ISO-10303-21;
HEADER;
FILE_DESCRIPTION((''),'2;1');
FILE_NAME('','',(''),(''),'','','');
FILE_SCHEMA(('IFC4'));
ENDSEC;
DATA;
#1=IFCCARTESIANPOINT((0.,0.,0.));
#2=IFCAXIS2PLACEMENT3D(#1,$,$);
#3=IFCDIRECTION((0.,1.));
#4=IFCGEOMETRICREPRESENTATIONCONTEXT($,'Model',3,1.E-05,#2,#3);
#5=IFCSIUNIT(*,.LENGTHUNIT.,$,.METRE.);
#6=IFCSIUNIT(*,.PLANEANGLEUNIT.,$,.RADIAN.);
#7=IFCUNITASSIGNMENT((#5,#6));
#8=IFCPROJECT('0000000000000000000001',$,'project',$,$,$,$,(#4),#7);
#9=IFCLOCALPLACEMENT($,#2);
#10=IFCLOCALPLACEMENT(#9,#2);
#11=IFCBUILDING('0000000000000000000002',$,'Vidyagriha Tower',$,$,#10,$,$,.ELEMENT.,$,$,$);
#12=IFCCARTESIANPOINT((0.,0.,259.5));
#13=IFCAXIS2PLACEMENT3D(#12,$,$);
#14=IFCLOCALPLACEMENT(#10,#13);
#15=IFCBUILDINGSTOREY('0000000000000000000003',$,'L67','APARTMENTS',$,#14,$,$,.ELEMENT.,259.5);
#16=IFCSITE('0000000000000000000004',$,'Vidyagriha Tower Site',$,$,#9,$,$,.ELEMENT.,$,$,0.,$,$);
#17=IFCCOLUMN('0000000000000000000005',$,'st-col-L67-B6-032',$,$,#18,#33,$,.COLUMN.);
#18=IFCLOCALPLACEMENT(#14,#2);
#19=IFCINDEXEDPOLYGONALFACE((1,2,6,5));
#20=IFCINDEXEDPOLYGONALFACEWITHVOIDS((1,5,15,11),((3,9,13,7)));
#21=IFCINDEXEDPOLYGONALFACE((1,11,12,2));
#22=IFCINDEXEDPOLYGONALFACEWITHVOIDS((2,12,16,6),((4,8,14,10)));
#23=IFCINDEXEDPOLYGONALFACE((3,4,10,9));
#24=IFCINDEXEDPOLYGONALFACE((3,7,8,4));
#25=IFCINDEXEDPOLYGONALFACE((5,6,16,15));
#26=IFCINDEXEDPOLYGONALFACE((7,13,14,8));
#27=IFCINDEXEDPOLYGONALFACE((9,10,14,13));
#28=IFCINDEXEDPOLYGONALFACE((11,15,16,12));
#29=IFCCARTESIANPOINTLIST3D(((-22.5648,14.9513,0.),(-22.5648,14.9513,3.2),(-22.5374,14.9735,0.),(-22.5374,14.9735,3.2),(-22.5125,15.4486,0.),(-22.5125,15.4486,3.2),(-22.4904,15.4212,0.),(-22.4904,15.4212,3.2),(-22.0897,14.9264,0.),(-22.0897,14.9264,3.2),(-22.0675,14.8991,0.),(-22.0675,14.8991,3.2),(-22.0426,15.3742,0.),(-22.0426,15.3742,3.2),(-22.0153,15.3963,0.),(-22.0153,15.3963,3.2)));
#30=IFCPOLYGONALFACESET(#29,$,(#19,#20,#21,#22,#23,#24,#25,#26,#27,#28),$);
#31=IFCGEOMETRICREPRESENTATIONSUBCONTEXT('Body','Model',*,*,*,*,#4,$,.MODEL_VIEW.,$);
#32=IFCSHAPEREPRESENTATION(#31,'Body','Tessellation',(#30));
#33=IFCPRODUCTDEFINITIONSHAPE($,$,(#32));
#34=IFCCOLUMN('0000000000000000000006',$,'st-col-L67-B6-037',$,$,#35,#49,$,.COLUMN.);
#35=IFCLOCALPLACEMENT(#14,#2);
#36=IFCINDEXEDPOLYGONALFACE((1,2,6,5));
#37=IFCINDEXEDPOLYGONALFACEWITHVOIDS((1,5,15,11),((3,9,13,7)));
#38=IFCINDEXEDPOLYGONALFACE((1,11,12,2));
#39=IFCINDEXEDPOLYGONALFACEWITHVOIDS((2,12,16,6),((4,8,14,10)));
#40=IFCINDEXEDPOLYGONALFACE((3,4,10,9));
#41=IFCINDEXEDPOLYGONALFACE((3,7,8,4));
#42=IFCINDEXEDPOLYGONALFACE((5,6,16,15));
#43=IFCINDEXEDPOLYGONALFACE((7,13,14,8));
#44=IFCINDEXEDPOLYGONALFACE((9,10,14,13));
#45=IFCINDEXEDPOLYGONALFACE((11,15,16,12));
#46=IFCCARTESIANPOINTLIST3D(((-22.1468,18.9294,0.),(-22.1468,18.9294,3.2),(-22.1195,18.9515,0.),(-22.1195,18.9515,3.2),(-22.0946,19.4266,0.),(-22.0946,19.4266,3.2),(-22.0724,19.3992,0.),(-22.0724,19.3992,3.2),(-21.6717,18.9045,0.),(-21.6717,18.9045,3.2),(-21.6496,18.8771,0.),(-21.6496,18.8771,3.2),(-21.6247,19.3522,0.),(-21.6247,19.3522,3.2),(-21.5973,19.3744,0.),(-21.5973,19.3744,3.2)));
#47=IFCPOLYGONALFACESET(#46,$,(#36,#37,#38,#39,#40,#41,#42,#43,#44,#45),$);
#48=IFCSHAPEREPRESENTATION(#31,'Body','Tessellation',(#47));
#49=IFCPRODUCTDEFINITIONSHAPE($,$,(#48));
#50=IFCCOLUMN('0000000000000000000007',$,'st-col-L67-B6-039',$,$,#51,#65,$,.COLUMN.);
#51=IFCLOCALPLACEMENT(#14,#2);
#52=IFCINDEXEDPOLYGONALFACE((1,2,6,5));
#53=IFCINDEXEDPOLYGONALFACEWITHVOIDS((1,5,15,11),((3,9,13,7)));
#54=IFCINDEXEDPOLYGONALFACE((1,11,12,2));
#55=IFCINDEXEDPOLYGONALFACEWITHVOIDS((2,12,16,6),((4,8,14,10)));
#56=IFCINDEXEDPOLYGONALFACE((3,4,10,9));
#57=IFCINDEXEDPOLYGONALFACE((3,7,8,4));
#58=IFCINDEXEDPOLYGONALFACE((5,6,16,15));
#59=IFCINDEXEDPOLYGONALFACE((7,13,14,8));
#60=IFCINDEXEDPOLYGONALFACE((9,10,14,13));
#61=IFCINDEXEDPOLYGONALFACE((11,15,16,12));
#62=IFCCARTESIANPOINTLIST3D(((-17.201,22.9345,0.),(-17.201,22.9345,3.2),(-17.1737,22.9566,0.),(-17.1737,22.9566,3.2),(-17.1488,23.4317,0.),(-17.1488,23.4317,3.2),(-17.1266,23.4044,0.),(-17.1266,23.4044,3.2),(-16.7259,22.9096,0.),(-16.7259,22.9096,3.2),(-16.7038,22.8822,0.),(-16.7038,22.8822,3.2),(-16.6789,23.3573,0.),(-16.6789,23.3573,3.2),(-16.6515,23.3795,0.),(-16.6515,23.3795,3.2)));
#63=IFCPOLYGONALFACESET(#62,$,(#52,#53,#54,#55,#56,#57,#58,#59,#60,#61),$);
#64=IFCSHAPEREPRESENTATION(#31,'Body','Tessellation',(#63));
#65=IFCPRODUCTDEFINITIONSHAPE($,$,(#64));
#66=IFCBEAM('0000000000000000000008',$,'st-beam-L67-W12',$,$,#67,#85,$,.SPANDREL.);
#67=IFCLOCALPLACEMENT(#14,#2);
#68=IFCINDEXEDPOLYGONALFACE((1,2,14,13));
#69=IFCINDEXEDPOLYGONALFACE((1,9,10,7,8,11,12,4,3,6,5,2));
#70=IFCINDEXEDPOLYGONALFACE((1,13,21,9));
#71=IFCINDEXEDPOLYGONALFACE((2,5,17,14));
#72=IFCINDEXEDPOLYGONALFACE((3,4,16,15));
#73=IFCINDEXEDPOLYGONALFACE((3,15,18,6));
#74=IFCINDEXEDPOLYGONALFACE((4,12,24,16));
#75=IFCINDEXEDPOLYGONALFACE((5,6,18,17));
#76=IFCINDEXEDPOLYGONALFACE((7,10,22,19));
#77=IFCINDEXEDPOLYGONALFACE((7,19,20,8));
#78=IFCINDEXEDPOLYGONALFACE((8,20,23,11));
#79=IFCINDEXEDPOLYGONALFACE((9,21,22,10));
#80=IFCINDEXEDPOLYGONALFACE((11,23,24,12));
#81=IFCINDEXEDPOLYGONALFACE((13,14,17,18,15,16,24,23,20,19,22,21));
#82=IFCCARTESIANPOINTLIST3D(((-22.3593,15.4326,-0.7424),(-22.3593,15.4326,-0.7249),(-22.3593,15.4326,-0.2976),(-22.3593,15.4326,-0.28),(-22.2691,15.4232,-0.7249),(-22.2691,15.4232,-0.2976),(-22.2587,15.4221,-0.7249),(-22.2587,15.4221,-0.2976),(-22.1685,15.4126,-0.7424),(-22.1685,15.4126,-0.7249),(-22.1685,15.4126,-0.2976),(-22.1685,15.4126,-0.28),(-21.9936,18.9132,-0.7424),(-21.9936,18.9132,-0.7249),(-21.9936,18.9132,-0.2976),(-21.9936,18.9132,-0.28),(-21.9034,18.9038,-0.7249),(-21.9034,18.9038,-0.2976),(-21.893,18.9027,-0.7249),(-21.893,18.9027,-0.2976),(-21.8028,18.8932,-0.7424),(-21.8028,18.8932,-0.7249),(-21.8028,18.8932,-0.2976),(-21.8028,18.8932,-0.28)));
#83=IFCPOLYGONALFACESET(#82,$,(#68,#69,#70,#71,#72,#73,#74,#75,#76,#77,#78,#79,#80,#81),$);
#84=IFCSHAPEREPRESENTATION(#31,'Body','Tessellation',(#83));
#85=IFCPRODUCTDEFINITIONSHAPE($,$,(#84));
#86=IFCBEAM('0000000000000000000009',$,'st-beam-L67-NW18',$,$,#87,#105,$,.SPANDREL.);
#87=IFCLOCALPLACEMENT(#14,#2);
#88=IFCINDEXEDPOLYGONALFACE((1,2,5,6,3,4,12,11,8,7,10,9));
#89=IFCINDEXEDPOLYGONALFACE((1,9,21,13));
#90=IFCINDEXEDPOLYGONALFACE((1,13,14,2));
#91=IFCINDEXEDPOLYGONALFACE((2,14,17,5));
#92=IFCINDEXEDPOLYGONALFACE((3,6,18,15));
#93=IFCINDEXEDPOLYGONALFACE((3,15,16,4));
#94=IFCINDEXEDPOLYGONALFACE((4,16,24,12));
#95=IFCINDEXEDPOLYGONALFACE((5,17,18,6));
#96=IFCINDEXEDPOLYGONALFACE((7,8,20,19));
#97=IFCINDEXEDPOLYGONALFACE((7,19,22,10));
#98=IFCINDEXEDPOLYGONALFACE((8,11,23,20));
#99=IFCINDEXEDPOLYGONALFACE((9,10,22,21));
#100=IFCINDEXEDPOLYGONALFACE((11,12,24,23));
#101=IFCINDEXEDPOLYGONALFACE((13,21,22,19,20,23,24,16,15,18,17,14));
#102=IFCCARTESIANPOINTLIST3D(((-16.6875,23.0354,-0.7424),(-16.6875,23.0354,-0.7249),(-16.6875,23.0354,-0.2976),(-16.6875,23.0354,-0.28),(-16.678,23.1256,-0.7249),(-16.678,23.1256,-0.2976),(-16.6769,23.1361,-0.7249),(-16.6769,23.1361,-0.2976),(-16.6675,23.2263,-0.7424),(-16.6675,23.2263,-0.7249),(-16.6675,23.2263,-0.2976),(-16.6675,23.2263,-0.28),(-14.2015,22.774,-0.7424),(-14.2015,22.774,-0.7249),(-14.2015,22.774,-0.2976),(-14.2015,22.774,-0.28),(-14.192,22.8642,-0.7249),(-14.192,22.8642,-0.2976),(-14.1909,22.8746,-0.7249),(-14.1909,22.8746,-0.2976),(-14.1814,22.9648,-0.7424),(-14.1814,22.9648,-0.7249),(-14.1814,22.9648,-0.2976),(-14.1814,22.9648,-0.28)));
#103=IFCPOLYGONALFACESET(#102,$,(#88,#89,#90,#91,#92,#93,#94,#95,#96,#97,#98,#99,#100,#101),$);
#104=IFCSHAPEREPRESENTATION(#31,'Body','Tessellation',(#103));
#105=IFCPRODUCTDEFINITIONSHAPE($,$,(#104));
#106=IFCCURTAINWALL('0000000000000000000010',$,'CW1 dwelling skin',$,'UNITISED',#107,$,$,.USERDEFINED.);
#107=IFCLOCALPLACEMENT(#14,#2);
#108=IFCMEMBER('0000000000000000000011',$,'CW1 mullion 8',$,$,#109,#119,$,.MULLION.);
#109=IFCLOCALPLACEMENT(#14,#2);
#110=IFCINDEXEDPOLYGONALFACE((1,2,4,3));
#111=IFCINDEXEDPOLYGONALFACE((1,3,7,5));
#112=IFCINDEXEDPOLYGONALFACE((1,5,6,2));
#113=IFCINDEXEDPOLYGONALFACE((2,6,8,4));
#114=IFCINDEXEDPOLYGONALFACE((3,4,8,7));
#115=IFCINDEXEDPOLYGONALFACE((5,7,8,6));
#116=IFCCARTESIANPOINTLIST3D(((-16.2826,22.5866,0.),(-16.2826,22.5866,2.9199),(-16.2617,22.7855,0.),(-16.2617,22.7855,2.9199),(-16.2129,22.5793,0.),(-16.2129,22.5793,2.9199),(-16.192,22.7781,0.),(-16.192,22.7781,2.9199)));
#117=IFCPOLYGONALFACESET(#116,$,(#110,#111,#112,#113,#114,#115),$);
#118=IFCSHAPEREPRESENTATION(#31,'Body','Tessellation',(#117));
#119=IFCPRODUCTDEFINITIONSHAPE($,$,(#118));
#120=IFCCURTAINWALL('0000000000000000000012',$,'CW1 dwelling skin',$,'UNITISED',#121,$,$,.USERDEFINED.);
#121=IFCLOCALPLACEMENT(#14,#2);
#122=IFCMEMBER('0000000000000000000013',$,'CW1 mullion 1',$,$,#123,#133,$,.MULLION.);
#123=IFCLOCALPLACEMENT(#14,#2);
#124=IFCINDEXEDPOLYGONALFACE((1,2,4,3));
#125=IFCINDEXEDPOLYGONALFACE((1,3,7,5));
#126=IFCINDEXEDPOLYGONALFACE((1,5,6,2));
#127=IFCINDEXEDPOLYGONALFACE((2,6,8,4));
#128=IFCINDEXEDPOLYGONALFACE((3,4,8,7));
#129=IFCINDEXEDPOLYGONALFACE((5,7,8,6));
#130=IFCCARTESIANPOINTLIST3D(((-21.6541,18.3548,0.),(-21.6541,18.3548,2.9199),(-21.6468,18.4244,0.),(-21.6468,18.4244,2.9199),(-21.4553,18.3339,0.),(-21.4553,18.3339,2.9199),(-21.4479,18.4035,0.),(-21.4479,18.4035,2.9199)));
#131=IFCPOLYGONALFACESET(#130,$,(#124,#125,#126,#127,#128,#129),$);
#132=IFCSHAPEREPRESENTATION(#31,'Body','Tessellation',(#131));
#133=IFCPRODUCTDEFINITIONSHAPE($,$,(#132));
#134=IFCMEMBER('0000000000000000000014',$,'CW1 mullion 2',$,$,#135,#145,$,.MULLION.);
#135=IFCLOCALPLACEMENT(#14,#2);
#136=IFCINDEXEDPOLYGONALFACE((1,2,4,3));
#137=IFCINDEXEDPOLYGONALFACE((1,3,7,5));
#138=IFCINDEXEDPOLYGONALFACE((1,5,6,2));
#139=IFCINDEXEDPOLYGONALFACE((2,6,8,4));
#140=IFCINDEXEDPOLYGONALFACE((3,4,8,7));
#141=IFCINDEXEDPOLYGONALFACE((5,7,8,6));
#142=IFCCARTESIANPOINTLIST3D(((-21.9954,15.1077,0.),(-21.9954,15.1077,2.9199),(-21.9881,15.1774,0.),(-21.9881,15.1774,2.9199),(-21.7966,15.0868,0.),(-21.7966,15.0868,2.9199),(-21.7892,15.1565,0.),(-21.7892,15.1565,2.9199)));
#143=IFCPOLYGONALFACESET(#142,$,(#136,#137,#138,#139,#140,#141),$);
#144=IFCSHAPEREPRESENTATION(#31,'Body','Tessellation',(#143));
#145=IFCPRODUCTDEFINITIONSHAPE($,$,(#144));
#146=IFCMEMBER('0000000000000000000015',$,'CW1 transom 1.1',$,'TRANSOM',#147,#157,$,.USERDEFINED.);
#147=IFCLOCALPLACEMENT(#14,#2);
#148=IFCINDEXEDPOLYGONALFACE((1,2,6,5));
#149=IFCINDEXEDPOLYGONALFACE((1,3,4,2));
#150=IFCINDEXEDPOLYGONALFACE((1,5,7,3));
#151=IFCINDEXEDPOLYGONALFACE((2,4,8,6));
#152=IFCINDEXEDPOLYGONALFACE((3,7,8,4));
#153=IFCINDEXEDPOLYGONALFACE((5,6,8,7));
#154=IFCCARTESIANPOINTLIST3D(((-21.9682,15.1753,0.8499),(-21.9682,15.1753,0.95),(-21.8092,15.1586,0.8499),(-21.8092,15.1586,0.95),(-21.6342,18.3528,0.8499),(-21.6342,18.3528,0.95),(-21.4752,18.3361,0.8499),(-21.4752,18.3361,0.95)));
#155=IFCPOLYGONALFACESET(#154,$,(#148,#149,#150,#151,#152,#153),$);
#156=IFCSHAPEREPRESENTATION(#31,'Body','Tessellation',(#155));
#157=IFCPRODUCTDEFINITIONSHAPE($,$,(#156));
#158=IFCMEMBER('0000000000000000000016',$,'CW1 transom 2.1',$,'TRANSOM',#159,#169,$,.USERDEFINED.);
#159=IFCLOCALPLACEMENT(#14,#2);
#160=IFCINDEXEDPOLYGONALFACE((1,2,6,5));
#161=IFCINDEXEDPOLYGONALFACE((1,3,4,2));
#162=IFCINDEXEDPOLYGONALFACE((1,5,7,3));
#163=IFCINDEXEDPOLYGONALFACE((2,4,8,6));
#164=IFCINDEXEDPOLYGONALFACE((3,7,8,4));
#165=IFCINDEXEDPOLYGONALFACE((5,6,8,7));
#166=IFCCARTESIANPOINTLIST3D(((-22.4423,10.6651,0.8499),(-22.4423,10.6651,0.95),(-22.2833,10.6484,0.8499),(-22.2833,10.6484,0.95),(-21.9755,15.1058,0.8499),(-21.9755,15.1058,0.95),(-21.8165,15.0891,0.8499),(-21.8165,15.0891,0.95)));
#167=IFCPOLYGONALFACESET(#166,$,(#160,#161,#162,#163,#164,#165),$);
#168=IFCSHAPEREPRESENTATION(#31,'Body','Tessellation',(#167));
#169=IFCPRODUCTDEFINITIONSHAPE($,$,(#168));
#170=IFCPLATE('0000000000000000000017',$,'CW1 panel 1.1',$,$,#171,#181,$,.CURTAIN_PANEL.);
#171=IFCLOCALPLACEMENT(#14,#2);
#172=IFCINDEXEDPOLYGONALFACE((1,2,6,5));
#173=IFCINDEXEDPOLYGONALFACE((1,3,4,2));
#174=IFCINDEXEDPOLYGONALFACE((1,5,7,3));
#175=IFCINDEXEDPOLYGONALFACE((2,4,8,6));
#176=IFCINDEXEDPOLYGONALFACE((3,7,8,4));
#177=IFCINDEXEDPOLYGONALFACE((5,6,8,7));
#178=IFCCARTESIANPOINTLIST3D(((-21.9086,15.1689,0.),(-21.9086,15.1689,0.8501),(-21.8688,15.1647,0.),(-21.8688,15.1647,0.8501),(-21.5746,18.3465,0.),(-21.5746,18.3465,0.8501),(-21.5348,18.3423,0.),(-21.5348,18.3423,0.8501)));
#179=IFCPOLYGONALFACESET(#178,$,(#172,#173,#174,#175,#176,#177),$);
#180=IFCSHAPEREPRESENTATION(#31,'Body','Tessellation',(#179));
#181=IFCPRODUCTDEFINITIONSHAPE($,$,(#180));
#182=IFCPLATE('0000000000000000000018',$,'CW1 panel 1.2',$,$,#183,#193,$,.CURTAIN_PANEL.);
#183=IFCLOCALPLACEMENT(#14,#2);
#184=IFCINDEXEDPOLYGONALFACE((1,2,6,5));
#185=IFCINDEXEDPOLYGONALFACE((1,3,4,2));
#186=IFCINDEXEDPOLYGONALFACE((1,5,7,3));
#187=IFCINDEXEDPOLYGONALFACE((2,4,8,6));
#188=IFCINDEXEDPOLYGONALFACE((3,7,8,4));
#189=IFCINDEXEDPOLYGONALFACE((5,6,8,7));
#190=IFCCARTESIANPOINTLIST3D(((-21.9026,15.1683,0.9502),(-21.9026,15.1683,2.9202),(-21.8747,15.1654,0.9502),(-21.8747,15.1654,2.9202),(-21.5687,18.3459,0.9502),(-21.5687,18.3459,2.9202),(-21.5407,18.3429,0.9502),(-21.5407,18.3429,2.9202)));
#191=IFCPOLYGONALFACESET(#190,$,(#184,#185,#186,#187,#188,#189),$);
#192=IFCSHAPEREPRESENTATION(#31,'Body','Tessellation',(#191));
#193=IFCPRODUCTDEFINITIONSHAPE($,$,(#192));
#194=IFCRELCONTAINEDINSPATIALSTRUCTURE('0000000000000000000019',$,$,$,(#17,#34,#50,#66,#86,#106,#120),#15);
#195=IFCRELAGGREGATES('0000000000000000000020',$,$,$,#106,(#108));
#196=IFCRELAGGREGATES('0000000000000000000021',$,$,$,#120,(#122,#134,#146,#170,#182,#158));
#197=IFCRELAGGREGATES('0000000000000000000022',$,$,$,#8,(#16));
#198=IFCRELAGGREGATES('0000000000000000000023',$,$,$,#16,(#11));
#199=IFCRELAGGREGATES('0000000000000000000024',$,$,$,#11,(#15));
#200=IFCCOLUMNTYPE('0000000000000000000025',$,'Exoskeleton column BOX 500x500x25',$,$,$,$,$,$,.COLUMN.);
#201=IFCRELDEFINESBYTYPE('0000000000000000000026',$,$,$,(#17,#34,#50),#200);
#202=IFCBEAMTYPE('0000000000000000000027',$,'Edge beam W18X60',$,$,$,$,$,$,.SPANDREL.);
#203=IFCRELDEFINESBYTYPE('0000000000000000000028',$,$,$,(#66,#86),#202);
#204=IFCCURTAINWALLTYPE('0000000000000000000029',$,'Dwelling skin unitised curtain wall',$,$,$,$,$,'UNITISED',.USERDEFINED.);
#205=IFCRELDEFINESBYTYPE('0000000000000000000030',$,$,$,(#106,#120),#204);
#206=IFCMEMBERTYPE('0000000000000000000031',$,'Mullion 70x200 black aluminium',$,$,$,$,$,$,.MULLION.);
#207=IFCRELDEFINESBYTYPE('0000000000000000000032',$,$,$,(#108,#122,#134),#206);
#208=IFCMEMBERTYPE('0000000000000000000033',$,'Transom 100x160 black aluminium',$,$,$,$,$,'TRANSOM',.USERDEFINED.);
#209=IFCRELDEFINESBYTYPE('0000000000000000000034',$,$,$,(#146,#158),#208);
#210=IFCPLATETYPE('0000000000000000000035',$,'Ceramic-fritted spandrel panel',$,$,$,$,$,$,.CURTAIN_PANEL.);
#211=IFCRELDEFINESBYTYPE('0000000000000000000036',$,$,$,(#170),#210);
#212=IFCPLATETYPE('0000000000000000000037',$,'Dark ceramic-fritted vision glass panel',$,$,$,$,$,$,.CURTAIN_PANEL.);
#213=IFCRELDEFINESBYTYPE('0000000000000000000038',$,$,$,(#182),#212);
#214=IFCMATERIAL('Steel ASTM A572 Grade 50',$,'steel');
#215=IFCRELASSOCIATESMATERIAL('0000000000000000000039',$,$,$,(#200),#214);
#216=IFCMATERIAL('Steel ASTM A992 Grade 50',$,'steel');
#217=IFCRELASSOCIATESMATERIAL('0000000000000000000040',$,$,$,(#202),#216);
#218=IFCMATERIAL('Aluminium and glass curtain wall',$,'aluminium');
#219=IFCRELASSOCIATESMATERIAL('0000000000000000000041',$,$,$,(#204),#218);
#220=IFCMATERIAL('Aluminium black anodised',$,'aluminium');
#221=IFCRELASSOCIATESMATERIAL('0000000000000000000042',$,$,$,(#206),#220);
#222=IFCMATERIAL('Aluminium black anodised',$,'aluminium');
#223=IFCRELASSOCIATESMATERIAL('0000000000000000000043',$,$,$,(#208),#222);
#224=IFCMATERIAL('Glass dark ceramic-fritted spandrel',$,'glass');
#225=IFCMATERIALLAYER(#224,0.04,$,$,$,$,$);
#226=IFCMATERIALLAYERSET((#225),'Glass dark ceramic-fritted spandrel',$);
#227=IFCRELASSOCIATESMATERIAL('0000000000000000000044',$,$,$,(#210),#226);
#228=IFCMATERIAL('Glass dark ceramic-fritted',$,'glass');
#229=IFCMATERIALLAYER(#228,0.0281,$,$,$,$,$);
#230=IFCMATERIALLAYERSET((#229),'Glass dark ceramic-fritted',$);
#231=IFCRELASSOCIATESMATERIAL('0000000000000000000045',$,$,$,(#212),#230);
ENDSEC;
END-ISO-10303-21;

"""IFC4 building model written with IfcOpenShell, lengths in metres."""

from ifc_helpers import new_model, si_unit, direction, frame, origin, origin_2d, place, context, subcontext, project, spatial, rectangle, hollow_rectangle, i_section, extrude, material, layer, layer_set, material_profile, profile_set, type_object, element, aggregate, save


model = new_model("IFC4")

# Units and contexts
model_context = context("Model", 3, precision=1e-05, world=origin(), true_north=direction((0.0, 1.0)))
body_context = subcontext(model_context, "Body", "Model", "MODEL_VIEW")
ifc_project = project(units=[si_unit("LENGTHUNIT", "METRE"), si_unit("PLANEANGLEUNIT", "RADIAN")], contexts=[model_context])

# Site, building, storey
site_placement = place(None, origin())
site = spatial("IfcSite", under=ifc_project, at=site_placement, Name="Vidyagriha Tower Site", CompositionType="ELEMENT", RefElevation=0.0)
building_placement = place(site_placement, origin())
building = spatial("IfcBuilding", under=site, at=building_placement, Name="Vidyagriha Tower", CompositionType="ELEMENT")
storey_placement = place(building_placement, frame((0.0, 0.0, 259.5)))
storey = spatial("IfcBuildingStorey", under=building, at=storey_placement, Name="L67", Description="APARTMENTS", CompositionType="ELEMENT", Elevation=259.5)

# Columns
ifc_material_1 = material(Name="Steel ASTM A572 Grade 50", Category="steel")
ifc_material_profile_1 = material_profile(ifc_material_1, hollow_rectangle(XDim=0.5, YDim=0.5, WallThickness=0.0249, at=origin_2d()), Name="BOX 500x500x25")
ifc_profile_set_1 = profile_set([ifc_material_profile_1], Name="Steel ASTM A572 Grade 50")
column_type = type_object("IfcColumnType", Name="Exoskeleton column BOX 500x500x25", PredefinedType="COLUMN", material=ifc_profile_set_1)
for number, where, z_axis, x_axis, name in (
    (1, (-22.29, 15.1738, 0.0), (0.0, 0.0, 1.0), (0.994522, -0.104528, 0.0), "st-col-L67-B6-032"),
    (2, (-21.8721, 19.1519, 0.0), (0.0, 0.0, 1.0), (0.994522, -0.104528, 0.0), "st-col-L67-B6-037"),
    (3, (-16.9263, 23.157, 0.0), (0.0, 0.0, 1.0), (0.994522, -0.104528, 0.0), "st-col-L67-B6-039"),
):
    element("IfcColumn", number, at=place(storey_placement, frame(where, z_axis=z_axis, x_axis=x_axis)), inside=storey, type_object=column_type, Name=name, PredefinedType="COLUMN", context=body_context, shape_type="SweptSolid", body=[
        extrude(hollow_rectangle(XDim=0.5, YDim=0.5, WallThickness=0.0249, at=origin_2d()), origin(), (0.0, 0.0, 1.0), 3.2),
    ])

# Beams
ifc_material_2 = material(Name="Steel ASTM A992 Grade 50", Category="steel")
ifc_material_profile_2 = material_profile(ifc_material_2, i_section(OverallWidth=0.1919, OverallDepth=0.4624, WebThickness=0.0105, FlangeThickness=0.0176, at=origin_2d()), Name="W18X60")
ifc_profile_set_2 = profile_set([ifc_material_profile_2], Name="Steel ASTM A992 Grade 50")
beam_type = type_object("IfcBeamType", Name="Edge beam W18X60", PredefinedType="SPANDREL", material=ifc_profile_set_2)
beam_1_placement = place(storey_placement, frame((-22.2639, 15.4226, -0.5112), z_axis=(0.104496, 0.994525, 0.0), x_axis=(-0.994525, 0.104496, 0.0)))
element("IfcBeam", 4, at=beam_1_placement, inside=storey, type_object=beam_type, Name="st-beam-L67-W12", PredefinedType="SPANDREL", context=body_context, shape_type="SweptSolid", body=[
    extrude(i_section(OverallWidth=0.1919, OverallDepth=0.4624, WebThickness=0.0105, FlangeThickness=0.0176, at=origin_2d()), origin(), (0.0, 0.0, 1.0), 3.4998),
])
beam_2_placement = place(storey_placement, frame((-16.6775, 23.1309, -0.5112), z_axis=(0.994515, -0.104598, 0.0), x_axis=(0.104598, 0.994515, 0.0)))
element("IfcBeam", 5, at=beam_2_placement, inside=storey, type_object=beam_type, Name="st-beam-L67-NW18", PredefinedType="SPANDREL", context=body_context, shape_type="SweptSolid", body=[
    extrude(i_section(OverallWidth=0.1919, OverallDepth=0.4624, WebThickness=0.0105, FlangeThickness=0.0176, at=origin_2d()), origin(), (0.0, 0.0, 1.0), 2.4998),
])

# Curtain wall, member
ifc_material_3 = material(Name="Aluminium and glass curtain wall", Category="aluminium")
curtain_wall_type = type_object("IfcCurtainWallType", Name="Dwelling skin unitised curtain wall", ElementType="UNITISED", PredefinedType="USERDEFINED", material=ifc_material_3)
curtain_wall_1_placement = place(storey_placement, origin())
curtain_wall_1 = element("IfcCurtainWall", 6, at=curtain_wall_1_placement, inside=storey, type_object=curtain_wall_type, Name="CW1 dwelling skin", ObjectType="UNITISED", PredefinedType="USERDEFINED")
ifc_material_4 = material(Name="Aluminium black anodised", Category="aluminium")
ifc_material_profile_3 = material_profile(ifc_material_4, rectangle(XDim=0.2, YDim=0.0701, at=origin_2d()), Name="Mullion 70x200 black aluminium")
ifc_profile_set_3 = profile_set([ifc_material_profile_3], Name="Aluminium black anodised")
member_type_1 = type_object("IfcMemberType", Name="Mullion 70x200 black aluminium", PredefinedType="MULLION", material=ifc_profile_set_3)
member_1_placement = place(storey_placement, frame((-16.2373, 22.6824, 0.0), z_axis=(0.0, 0.0, 1.0), x_axis=(-0.104529, -0.994522, 0.0)))
member_1 = element("IfcMember", 7, at=member_1_placement, type_object=member_type_1, Name="CW1 mullion 8", PredefinedType="MULLION", context=body_context, shape_type="SweptSolid", body=[
    extrude(rectangle(XDim=0.2, YDim=0.0701, at=origin_2d()), origin(), (0.0, 0.0, 1.0), 2.9199),
])
aggregate(curtain_wall_1, [member_1])

# Curtain wall, members, plates
curtain_wall_2_placement = place(storey_placement, origin())
curtain_wall_2 = element("IfcCurtainWall", 8, at=curtain_wall_2_placement, inside=storey, type_object=curtain_wall_type, Name="CW1 dwelling skin", ObjectType="UNITISED", PredefinedType="USERDEFINED")
member_2_placement = place(storey_placement, frame((-21.551, 18.3792, 0.0), z_axis=(0.0, 0.0, 1.0), x_axis=(0.994522, -0.104525, 0.0)))
member_2 = element("IfcMember", 9, at=member_2_placement, type_object=member_type_1, Name="CW1 mullion 1", PredefinedType="MULLION", context=body_context, shape_type="SweptSolid", body=[
    extrude(rectangle(XDim=0.2, YDim=0.0701, at=origin_2d()), origin(), (0.0, 0.0, 1.0), 2.9199),
])
member_3_placement = place(storey_placement, frame((-21.8923, 15.1321, 0.0), z_axis=(0.0, 0.0, 1.0), x_axis=(0.994522, -0.104525, 0.0)))
member_3 = element("IfcMember", 10, at=member_3_placement, type_object=member_type_1, Name="CW1 mullion 2", PredefinedType="MULLION", context=body_context, shape_type="SweptSolid", body=[
    extrude(rectangle(XDim=0.2, YDim=0.0701, at=origin_2d()), origin(), (0.0, 0.0, 1.0), 2.9199),
])
ifc_material_5 = material(Name="Aluminium black anodised", Category="aluminium")
ifc_material_profile_4 = material_profile(ifc_material_5, rectangle(XDim=0.1599, YDim=0.1001, at=origin_2d()), Name="Transom 100x160 black aluminium")
ifc_profile_set_4 = profile_set([ifc_material_profile_4], Name="Aluminium black anodised")
member_type_2 = type_object("IfcMemberType", Name="Transom 100x160 black aluminium", ElementType="TRANSOM", PredefinedType="USERDEFINED", material=ifc_profile_set_4)
member_4_placement = place(storey_placement, frame((-21.5547, 18.3445, 0.8999), z_axis=(-0.104534, -0.994521, 0.0), x_axis=(0.994521, -0.104534, 0.0)))
member_4 = element("IfcMember", 11, at=member_4_placement, type_object=member_type_2, Name="CW1 transom 1.1", ObjectType="TRANSOM", PredefinedType="USERDEFINED", context=body_context, shape_type="SweptSolid", body=[
    extrude(rectangle(XDim=0.1599, YDim=0.1001, at=origin_2d()), origin(), (0.0, 0.0, 1.0), 3.1951),
])
member_5_placement = place(storey_placement, frame((-21.896, 15.0974, 0.8999), z_axis=(-0.104542, -0.99452, 0.0), x_axis=(0.99452, -0.104542, 0.0)))
member_5 = element("IfcMember", 12, at=member_5_placement, type_object=member_type_2, Name="CW1 transom 2.1", ObjectType="TRANSOM", PredefinedType="USERDEFINED", context=body_context, shape_type="SweptSolid", body=[
    extrude(rectangle(XDim=0.1599, YDim=0.1001, at=origin_2d()), origin(), (0.0, 0.0, 1.0), 4.4651),
])
ifc_material_6 = material(Name="Glass dark ceramic-fritted spandrel", Category="glass")
ifc_layer_1 = layer(ifc_material_6, 0.04)
ifc_layer_set_1 = layer_set([ifc_layer_1], Name="Glass dark ceramic-fritted spandrel")
plate_type_1 = type_object("IfcPlateType", Name="Ceramic-fritted spandrel panel", PredefinedType="CURTAIN_PANEL", material=ifc_layer_set_1)
plate_1_placement = place(storey_placement, frame((-21.7217, 16.7556, 0.0), z_axis=(0.0, 0.0, 1.0), x_axis=(-0.104525, -0.994522, 0.0)))
plate_1 = element("IfcPlate", 13, at=plate_1_placement, type_object=plate_type_1, Name="CW1 panel 1.1", PredefinedType="CURTAIN_PANEL", context=body_context, shape_type="SweptSolid", body=[
    extrude(rectangle(XDim=3.1951, YDim=0.04, at=origin_2d()), origin(), (0.0, 0.0, 1.0), 0.8501),
])
ifc_material_7 = material(Name="Glass dark ceramic-fritted", Category="glass")
ifc_layer_2 = layer(ifc_material_7, 0.0281)
ifc_layer_set_2 = layer_set([ifc_layer_2], Name="Glass dark ceramic-fritted")
plate_type_2 = type_object("IfcPlateType", Name="Dark ceramic-fritted vision glass panel", PredefinedType="CURTAIN_PANEL", material=ifc_layer_set_2)
plate_2_placement = place(storey_placement, frame((-21.7217, 16.7556, 0.9502), z_axis=(0.0, 0.0, 1.0), x_axis=(-0.104525, -0.994522, 0.0)))
plate_2 = element("IfcPlate", 14, at=plate_2_placement, type_object=plate_type_2, Name="CW1 panel 1.2", PredefinedType="CURTAIN_PANEL", context=body_context, shape_type="SweptSolid", body=[
    extrude(rectangle(XDim=3.1951, YDim=0.0281, at=origin_2d()), origin(), (0.0, 0.0, 1.0), 1.97),
])
aggregate(curtain_wall_2, [member_2, member_3, member_4, plate_1, plate_2, member_5])

save(model, "model.ifc")
